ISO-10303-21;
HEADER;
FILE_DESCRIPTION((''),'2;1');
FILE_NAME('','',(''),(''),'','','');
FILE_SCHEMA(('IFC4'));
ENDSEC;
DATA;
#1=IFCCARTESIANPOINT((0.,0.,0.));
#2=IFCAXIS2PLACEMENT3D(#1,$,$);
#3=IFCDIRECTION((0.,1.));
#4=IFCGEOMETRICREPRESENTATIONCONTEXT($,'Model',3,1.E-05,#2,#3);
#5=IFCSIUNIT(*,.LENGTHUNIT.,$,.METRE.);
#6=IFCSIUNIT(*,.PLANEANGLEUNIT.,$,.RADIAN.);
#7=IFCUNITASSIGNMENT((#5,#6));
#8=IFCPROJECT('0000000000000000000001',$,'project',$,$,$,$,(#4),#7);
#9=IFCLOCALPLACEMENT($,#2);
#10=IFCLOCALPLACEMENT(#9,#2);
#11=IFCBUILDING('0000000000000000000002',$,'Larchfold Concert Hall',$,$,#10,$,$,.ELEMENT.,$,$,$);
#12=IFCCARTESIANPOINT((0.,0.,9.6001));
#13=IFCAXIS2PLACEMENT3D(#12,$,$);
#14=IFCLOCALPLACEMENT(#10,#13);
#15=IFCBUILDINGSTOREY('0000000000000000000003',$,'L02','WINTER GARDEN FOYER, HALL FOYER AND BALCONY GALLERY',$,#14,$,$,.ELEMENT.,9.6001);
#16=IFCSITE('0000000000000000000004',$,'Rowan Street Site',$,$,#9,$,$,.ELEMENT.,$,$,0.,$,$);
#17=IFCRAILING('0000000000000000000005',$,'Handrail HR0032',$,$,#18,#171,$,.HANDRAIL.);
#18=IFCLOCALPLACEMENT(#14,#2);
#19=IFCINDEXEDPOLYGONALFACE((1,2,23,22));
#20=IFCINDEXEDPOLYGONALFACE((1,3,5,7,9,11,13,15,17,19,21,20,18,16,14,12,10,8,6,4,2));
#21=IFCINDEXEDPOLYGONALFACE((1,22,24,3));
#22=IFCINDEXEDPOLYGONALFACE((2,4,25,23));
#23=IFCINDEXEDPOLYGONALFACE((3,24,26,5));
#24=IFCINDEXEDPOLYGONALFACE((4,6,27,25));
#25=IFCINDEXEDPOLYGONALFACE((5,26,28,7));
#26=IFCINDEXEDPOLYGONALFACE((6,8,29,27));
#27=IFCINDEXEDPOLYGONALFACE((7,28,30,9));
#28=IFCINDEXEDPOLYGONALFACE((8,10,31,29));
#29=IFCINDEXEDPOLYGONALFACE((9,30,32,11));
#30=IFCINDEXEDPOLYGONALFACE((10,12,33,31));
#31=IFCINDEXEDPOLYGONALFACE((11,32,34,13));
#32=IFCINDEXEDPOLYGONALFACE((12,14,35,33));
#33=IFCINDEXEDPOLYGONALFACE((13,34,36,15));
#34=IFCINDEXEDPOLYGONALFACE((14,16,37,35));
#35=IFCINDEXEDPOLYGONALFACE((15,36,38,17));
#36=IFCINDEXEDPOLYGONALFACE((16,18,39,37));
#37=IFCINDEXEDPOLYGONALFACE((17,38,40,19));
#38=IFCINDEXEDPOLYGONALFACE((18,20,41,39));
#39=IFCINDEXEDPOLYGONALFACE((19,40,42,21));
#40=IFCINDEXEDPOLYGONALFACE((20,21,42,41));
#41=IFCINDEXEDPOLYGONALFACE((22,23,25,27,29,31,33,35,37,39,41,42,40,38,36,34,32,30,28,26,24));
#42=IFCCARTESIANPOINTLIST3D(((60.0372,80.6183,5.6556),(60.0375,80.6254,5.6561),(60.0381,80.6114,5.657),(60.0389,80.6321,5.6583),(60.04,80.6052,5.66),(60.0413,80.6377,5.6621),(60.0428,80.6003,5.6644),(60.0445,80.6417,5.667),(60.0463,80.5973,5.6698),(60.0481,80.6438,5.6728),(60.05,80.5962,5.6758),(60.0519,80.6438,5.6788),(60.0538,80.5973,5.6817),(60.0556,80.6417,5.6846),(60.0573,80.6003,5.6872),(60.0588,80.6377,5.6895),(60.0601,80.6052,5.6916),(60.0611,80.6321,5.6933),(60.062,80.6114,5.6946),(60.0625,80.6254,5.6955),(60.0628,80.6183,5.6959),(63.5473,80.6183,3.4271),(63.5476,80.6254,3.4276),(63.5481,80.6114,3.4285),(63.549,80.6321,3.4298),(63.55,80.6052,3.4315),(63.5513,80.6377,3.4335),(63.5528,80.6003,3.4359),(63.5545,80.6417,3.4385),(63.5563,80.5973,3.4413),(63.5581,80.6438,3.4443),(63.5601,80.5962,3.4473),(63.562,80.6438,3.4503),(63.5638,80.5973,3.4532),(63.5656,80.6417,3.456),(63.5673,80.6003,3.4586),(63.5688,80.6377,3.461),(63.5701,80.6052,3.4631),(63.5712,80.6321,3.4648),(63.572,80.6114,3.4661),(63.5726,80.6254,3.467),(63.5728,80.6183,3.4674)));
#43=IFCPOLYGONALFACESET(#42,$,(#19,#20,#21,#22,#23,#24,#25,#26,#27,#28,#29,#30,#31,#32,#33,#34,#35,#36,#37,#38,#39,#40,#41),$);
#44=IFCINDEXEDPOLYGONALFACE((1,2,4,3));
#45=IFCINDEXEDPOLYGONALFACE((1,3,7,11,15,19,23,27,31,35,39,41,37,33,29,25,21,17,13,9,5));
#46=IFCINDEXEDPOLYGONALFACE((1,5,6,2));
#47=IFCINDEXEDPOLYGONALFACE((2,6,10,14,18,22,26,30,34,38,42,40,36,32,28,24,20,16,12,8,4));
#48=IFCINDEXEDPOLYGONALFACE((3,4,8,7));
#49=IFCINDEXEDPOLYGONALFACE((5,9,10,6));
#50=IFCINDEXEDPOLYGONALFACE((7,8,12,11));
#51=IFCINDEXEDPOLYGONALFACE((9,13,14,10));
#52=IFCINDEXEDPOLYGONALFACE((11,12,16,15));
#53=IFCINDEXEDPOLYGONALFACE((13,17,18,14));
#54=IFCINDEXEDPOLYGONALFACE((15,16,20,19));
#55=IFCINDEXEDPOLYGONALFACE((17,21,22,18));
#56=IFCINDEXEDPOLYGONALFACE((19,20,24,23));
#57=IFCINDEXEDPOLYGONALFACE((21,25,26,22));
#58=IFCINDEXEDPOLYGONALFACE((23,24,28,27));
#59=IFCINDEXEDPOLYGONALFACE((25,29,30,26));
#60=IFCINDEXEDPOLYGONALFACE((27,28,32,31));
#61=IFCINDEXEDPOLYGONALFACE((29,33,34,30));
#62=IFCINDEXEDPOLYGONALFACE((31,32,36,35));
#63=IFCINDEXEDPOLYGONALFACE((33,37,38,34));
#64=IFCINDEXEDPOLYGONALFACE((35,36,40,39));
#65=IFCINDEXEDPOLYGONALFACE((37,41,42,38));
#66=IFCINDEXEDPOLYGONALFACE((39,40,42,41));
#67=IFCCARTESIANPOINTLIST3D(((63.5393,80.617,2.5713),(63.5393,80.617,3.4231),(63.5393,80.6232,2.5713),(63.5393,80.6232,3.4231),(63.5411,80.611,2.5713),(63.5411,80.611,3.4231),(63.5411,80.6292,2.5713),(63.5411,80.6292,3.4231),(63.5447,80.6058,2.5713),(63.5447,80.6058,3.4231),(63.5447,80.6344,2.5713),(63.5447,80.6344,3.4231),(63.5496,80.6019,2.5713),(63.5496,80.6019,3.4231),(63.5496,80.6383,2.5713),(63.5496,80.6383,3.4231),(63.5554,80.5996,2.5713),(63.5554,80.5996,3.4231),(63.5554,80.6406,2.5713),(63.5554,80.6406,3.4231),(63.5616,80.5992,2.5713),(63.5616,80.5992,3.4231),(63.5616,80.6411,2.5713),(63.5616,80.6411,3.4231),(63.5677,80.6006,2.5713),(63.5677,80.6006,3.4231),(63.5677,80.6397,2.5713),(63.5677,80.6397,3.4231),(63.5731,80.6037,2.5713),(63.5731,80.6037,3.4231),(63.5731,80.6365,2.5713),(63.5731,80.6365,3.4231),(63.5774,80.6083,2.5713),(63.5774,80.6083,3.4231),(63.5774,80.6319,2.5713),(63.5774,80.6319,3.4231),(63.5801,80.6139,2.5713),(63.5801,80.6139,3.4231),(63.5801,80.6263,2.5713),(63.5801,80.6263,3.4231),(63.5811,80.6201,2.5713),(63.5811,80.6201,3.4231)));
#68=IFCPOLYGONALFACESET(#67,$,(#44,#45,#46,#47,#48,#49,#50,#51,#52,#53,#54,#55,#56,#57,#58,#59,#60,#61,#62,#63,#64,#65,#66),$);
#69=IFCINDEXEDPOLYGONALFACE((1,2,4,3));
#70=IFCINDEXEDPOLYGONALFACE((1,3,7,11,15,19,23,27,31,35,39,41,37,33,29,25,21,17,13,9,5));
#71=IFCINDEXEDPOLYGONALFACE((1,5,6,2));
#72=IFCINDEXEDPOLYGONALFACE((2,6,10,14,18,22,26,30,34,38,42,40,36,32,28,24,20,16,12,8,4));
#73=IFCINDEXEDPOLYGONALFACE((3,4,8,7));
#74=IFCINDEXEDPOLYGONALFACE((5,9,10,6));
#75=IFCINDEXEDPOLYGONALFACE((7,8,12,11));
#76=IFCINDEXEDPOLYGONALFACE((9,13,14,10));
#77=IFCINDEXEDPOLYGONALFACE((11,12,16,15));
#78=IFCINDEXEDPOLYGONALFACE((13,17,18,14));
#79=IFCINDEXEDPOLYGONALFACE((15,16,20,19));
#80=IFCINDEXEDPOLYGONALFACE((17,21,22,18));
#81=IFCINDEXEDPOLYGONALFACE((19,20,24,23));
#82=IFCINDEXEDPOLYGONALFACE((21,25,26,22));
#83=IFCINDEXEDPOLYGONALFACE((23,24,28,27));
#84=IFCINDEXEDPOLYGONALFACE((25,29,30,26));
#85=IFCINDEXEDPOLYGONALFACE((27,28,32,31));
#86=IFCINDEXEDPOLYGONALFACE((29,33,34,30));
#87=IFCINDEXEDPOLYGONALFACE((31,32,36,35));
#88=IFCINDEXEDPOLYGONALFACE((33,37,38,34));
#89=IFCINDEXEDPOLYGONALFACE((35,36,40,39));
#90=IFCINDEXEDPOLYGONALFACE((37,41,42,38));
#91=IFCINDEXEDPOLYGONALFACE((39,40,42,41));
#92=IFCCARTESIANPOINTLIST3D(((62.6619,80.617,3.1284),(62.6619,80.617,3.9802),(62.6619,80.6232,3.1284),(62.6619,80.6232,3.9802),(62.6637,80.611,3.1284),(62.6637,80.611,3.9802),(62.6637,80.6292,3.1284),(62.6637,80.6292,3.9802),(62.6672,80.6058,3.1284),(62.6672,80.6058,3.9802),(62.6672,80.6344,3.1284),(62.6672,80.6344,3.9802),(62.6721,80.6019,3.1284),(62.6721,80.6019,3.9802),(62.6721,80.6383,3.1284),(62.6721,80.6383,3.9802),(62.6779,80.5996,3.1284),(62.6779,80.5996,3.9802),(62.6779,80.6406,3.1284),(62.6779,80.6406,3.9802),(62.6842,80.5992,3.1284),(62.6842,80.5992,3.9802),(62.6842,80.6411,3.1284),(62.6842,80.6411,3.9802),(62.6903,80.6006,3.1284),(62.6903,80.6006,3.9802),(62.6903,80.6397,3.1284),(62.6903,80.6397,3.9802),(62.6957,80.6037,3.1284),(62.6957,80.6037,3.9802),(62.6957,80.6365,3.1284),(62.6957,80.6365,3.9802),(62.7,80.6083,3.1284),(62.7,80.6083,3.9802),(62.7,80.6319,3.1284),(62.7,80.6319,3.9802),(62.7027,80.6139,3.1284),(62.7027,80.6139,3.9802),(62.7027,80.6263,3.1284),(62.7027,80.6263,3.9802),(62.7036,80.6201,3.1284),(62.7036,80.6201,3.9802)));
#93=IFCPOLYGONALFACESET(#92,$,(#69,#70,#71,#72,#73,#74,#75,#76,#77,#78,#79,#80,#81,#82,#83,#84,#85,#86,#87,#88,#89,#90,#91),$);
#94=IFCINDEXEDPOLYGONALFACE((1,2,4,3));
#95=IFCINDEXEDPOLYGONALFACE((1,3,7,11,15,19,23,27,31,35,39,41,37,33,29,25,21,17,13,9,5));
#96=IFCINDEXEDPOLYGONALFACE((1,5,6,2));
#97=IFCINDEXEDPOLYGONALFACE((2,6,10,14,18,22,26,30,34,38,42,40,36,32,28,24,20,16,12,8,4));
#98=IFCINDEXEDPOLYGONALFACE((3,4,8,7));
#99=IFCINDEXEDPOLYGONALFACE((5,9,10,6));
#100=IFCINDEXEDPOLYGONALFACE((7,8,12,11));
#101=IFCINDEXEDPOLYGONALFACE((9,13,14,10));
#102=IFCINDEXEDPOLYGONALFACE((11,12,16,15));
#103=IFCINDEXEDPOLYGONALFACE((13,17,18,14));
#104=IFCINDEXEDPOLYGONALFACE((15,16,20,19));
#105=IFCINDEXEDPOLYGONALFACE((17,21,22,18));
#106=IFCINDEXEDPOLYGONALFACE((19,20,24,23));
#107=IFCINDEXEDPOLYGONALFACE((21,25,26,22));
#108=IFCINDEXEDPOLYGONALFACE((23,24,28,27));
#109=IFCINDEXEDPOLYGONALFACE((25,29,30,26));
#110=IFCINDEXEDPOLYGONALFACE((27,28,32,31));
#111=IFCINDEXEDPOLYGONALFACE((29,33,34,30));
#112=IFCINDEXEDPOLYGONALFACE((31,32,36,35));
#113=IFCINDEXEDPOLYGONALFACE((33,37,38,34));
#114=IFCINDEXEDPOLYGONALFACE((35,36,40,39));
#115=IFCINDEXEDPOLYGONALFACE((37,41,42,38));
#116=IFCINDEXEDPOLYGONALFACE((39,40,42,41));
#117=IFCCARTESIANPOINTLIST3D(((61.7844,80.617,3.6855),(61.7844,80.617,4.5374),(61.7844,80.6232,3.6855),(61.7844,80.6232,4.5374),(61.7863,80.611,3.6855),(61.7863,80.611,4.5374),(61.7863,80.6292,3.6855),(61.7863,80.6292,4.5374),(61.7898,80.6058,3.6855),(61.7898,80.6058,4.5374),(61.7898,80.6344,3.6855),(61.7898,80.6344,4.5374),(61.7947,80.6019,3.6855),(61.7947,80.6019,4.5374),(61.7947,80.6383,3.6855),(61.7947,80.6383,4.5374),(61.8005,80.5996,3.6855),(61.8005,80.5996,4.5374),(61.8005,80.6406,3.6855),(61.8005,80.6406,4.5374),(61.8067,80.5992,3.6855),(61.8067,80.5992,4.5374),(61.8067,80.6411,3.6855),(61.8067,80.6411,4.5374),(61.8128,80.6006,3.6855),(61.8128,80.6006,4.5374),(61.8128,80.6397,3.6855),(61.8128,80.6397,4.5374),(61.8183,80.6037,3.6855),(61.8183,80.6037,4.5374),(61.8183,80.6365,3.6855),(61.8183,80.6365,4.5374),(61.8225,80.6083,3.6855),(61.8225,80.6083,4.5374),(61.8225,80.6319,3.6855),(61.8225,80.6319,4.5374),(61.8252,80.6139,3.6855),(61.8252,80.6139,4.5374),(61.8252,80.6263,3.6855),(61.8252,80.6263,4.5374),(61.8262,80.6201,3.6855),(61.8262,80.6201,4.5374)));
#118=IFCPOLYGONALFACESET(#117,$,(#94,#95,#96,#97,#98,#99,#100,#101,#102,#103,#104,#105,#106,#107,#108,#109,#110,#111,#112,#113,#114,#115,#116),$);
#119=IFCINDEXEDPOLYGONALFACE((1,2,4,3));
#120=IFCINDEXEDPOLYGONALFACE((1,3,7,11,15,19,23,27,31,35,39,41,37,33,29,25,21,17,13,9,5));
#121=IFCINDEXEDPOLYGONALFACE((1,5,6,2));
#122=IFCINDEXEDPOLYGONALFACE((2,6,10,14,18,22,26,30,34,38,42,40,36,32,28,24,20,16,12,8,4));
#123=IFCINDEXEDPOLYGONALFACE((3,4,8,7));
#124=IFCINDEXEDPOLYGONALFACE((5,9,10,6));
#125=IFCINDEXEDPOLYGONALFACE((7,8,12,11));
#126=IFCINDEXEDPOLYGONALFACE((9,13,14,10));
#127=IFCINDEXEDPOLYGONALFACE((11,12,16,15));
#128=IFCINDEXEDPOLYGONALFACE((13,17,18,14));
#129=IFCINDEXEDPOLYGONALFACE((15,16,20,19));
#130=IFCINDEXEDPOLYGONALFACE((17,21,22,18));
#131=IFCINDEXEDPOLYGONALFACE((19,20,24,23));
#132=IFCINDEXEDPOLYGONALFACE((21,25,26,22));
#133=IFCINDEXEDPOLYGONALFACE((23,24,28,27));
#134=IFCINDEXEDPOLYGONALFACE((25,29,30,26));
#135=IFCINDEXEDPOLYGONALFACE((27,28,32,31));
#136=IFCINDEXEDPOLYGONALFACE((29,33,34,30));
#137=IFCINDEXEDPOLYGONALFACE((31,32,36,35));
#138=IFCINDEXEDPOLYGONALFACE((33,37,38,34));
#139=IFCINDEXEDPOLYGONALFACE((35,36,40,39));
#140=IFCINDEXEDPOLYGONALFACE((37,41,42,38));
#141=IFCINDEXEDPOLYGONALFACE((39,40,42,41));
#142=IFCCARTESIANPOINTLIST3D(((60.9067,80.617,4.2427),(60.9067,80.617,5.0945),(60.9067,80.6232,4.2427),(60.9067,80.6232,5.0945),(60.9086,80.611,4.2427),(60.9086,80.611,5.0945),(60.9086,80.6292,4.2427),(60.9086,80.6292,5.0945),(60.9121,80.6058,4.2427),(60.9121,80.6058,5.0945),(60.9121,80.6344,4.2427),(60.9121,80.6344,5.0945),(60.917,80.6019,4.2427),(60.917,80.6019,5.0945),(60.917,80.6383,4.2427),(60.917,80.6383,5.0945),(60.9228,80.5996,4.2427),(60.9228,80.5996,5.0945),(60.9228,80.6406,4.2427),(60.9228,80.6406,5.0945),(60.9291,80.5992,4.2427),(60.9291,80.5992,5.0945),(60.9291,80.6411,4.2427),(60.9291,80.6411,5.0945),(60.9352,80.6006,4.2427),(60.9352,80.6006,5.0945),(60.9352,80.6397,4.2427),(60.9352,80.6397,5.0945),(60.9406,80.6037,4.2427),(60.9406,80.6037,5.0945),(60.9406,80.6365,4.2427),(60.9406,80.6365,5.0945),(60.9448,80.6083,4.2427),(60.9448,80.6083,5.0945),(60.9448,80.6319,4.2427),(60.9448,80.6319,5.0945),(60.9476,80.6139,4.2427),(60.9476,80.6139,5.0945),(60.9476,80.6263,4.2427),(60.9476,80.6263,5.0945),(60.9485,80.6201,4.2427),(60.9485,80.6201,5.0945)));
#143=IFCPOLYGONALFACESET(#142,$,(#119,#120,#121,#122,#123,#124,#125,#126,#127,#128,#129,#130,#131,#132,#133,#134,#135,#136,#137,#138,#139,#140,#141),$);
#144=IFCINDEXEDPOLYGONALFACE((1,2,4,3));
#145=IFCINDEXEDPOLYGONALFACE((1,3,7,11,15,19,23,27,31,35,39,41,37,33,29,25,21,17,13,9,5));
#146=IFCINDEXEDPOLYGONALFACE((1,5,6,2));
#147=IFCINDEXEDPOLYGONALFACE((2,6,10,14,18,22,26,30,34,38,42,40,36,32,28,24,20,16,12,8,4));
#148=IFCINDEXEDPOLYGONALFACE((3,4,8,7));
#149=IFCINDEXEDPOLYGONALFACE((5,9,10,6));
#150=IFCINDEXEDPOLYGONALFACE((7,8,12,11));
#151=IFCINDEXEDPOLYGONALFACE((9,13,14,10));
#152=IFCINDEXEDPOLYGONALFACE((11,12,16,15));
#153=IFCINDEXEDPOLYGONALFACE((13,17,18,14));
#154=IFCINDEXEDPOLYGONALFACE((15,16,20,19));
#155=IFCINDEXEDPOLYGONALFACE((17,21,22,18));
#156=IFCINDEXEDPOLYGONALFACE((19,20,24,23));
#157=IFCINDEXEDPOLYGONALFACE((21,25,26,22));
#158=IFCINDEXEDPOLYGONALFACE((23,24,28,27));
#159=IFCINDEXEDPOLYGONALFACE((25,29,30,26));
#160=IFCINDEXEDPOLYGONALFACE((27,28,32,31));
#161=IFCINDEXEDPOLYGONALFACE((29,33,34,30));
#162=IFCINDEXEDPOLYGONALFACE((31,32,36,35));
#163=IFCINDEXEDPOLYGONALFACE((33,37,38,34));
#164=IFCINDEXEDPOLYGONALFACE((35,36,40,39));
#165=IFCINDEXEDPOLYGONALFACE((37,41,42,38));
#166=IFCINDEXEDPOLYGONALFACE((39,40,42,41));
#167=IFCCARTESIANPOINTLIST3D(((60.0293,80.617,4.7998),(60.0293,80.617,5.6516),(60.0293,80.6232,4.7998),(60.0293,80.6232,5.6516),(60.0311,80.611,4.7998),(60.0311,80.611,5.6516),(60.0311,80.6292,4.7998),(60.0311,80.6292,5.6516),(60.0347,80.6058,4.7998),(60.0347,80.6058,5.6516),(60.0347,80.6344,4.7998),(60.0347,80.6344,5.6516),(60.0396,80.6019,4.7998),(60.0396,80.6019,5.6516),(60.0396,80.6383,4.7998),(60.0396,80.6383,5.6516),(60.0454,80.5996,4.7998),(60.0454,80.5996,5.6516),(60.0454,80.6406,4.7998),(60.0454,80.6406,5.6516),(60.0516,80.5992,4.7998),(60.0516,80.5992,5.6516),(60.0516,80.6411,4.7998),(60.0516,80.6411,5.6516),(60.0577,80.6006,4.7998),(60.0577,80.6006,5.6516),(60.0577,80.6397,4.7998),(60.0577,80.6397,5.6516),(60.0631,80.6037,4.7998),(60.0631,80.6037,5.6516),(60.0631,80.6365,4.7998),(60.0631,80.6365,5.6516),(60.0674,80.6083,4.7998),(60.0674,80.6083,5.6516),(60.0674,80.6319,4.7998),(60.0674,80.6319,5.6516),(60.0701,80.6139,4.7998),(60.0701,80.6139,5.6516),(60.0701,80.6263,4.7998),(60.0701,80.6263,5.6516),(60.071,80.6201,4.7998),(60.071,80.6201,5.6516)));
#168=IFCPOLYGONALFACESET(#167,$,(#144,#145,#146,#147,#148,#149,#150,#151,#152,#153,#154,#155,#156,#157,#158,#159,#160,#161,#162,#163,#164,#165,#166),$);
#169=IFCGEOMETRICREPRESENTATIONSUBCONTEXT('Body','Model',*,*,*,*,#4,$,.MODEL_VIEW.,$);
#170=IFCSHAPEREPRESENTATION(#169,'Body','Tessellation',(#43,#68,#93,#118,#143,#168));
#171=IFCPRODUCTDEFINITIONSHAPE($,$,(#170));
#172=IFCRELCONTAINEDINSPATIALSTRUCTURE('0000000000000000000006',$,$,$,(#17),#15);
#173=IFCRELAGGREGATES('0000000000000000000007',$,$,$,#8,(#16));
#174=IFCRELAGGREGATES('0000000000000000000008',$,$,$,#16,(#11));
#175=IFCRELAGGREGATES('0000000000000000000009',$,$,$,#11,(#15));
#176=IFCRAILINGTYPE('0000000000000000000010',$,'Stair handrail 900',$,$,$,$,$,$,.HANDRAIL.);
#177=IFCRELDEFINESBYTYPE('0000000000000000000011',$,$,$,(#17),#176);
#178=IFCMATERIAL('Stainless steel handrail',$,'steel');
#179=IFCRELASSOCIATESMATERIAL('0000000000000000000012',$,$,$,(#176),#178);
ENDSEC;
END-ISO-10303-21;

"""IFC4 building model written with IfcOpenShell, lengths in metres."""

from ifc_helpers import new_model, si_unit, direction, frame, origin, origin_2d, place, context, subcontext, project, spatial, circle, extrude, material, type_object, element, save


model = new_model("IFC4")

# Units and contexts
model_context = context("Model", 3, precision=1e-05, world=origin(), true_north=direction((0.0, 1.0)))
body_context = subcontext(model_context, "Body", "Model", "MODEL_VIEW")
ifc_project = project(units=[si_unit("LENGTHUNIT", "METRE"), si_unit("PLANEANGLEUNIT", "RADIAN")], contexts=[model_context])

# Site, building, storey
site_placement = place(None, origin())
site = spatial("IfcSite", under=ifc_project, at=site_placement, Name="Rowan Street Site", CompositionType="ELEMENT", RefElevation=0.0)
building_placement = place(site_placement, origin())
building = spatial("IfcBuilding", under=site, at=building_placement, Name="Larchfold Concert Hall", CompositionType="ELEMENT")
storey_placement = place(building_placement, frame((0.0, 0.0, 9.6001)))
storey = spatial("IfcBuildingStorey", under=building, at=storey_placement, Name="L02", Description="WINTER GARDEN FOYER, HALL FOYER AND BALCONY GALLERY", CompositionType="ELEMENT", Elevation=9.6001)

# Railing
ifc_material_1 = material(Name="Stainless steel handrail", Category="steel")
railing_type_1 = type_object("IfcRailingType", Name="Stair handrail 900", PredefinedType="HANDRAIL", material=ifc_material_1)
railing_1_placement = place(storey_placement, frame((63.5601, 80.6201, 2.5713)))
element("IfcRailing", 1, at=railing_1_placement, inside=storey, type_object=railing_type_1, Name="Handrail HR0032", PredefinedType="HANDRAIL", context=body_context, shape_type="SweptSolid", body=[
    extrude(circle(Radius=0.0239, at=origin_2d()), frame((0.0, 0.0, 0.876), z_axis=(-0.84422, 0.0, 0.535998), x_axis=(0.0, -1.0, 0.0)), (0.0, 0.0, 1.0), 4.1577),
    extrude(circle(Radius=0.021, at=origin_2d()), origin(), (0.0, 0.0, 1.0), 0.8518),
    extrude(circle(Radius=0.021, at=origin_2d()), frame((-0.8774, 0.0, 0.5571)), (0.0, 0.0, 1.0), 0.8518),
    extrude(circle(Radius=0.021, at=origin_2d()), frame((-1.7549, 0.0, 1.1143)), (0.0, 0.0, 1.0), 0.8518),
    extrude(circle(Radius=0.021, at=origin_2d()), frame((-2.6326, 0.0, 1.6714)), (0.0, 0.0, 1.0), 0.8518),
    extrude(circle(Radius=0.021, at=origin_2d()), frame((-3.51, 0.0, 2.2285)), (0.0, 0.0, 1.0), 0.8518),
])

save(model, "model.ifc")
